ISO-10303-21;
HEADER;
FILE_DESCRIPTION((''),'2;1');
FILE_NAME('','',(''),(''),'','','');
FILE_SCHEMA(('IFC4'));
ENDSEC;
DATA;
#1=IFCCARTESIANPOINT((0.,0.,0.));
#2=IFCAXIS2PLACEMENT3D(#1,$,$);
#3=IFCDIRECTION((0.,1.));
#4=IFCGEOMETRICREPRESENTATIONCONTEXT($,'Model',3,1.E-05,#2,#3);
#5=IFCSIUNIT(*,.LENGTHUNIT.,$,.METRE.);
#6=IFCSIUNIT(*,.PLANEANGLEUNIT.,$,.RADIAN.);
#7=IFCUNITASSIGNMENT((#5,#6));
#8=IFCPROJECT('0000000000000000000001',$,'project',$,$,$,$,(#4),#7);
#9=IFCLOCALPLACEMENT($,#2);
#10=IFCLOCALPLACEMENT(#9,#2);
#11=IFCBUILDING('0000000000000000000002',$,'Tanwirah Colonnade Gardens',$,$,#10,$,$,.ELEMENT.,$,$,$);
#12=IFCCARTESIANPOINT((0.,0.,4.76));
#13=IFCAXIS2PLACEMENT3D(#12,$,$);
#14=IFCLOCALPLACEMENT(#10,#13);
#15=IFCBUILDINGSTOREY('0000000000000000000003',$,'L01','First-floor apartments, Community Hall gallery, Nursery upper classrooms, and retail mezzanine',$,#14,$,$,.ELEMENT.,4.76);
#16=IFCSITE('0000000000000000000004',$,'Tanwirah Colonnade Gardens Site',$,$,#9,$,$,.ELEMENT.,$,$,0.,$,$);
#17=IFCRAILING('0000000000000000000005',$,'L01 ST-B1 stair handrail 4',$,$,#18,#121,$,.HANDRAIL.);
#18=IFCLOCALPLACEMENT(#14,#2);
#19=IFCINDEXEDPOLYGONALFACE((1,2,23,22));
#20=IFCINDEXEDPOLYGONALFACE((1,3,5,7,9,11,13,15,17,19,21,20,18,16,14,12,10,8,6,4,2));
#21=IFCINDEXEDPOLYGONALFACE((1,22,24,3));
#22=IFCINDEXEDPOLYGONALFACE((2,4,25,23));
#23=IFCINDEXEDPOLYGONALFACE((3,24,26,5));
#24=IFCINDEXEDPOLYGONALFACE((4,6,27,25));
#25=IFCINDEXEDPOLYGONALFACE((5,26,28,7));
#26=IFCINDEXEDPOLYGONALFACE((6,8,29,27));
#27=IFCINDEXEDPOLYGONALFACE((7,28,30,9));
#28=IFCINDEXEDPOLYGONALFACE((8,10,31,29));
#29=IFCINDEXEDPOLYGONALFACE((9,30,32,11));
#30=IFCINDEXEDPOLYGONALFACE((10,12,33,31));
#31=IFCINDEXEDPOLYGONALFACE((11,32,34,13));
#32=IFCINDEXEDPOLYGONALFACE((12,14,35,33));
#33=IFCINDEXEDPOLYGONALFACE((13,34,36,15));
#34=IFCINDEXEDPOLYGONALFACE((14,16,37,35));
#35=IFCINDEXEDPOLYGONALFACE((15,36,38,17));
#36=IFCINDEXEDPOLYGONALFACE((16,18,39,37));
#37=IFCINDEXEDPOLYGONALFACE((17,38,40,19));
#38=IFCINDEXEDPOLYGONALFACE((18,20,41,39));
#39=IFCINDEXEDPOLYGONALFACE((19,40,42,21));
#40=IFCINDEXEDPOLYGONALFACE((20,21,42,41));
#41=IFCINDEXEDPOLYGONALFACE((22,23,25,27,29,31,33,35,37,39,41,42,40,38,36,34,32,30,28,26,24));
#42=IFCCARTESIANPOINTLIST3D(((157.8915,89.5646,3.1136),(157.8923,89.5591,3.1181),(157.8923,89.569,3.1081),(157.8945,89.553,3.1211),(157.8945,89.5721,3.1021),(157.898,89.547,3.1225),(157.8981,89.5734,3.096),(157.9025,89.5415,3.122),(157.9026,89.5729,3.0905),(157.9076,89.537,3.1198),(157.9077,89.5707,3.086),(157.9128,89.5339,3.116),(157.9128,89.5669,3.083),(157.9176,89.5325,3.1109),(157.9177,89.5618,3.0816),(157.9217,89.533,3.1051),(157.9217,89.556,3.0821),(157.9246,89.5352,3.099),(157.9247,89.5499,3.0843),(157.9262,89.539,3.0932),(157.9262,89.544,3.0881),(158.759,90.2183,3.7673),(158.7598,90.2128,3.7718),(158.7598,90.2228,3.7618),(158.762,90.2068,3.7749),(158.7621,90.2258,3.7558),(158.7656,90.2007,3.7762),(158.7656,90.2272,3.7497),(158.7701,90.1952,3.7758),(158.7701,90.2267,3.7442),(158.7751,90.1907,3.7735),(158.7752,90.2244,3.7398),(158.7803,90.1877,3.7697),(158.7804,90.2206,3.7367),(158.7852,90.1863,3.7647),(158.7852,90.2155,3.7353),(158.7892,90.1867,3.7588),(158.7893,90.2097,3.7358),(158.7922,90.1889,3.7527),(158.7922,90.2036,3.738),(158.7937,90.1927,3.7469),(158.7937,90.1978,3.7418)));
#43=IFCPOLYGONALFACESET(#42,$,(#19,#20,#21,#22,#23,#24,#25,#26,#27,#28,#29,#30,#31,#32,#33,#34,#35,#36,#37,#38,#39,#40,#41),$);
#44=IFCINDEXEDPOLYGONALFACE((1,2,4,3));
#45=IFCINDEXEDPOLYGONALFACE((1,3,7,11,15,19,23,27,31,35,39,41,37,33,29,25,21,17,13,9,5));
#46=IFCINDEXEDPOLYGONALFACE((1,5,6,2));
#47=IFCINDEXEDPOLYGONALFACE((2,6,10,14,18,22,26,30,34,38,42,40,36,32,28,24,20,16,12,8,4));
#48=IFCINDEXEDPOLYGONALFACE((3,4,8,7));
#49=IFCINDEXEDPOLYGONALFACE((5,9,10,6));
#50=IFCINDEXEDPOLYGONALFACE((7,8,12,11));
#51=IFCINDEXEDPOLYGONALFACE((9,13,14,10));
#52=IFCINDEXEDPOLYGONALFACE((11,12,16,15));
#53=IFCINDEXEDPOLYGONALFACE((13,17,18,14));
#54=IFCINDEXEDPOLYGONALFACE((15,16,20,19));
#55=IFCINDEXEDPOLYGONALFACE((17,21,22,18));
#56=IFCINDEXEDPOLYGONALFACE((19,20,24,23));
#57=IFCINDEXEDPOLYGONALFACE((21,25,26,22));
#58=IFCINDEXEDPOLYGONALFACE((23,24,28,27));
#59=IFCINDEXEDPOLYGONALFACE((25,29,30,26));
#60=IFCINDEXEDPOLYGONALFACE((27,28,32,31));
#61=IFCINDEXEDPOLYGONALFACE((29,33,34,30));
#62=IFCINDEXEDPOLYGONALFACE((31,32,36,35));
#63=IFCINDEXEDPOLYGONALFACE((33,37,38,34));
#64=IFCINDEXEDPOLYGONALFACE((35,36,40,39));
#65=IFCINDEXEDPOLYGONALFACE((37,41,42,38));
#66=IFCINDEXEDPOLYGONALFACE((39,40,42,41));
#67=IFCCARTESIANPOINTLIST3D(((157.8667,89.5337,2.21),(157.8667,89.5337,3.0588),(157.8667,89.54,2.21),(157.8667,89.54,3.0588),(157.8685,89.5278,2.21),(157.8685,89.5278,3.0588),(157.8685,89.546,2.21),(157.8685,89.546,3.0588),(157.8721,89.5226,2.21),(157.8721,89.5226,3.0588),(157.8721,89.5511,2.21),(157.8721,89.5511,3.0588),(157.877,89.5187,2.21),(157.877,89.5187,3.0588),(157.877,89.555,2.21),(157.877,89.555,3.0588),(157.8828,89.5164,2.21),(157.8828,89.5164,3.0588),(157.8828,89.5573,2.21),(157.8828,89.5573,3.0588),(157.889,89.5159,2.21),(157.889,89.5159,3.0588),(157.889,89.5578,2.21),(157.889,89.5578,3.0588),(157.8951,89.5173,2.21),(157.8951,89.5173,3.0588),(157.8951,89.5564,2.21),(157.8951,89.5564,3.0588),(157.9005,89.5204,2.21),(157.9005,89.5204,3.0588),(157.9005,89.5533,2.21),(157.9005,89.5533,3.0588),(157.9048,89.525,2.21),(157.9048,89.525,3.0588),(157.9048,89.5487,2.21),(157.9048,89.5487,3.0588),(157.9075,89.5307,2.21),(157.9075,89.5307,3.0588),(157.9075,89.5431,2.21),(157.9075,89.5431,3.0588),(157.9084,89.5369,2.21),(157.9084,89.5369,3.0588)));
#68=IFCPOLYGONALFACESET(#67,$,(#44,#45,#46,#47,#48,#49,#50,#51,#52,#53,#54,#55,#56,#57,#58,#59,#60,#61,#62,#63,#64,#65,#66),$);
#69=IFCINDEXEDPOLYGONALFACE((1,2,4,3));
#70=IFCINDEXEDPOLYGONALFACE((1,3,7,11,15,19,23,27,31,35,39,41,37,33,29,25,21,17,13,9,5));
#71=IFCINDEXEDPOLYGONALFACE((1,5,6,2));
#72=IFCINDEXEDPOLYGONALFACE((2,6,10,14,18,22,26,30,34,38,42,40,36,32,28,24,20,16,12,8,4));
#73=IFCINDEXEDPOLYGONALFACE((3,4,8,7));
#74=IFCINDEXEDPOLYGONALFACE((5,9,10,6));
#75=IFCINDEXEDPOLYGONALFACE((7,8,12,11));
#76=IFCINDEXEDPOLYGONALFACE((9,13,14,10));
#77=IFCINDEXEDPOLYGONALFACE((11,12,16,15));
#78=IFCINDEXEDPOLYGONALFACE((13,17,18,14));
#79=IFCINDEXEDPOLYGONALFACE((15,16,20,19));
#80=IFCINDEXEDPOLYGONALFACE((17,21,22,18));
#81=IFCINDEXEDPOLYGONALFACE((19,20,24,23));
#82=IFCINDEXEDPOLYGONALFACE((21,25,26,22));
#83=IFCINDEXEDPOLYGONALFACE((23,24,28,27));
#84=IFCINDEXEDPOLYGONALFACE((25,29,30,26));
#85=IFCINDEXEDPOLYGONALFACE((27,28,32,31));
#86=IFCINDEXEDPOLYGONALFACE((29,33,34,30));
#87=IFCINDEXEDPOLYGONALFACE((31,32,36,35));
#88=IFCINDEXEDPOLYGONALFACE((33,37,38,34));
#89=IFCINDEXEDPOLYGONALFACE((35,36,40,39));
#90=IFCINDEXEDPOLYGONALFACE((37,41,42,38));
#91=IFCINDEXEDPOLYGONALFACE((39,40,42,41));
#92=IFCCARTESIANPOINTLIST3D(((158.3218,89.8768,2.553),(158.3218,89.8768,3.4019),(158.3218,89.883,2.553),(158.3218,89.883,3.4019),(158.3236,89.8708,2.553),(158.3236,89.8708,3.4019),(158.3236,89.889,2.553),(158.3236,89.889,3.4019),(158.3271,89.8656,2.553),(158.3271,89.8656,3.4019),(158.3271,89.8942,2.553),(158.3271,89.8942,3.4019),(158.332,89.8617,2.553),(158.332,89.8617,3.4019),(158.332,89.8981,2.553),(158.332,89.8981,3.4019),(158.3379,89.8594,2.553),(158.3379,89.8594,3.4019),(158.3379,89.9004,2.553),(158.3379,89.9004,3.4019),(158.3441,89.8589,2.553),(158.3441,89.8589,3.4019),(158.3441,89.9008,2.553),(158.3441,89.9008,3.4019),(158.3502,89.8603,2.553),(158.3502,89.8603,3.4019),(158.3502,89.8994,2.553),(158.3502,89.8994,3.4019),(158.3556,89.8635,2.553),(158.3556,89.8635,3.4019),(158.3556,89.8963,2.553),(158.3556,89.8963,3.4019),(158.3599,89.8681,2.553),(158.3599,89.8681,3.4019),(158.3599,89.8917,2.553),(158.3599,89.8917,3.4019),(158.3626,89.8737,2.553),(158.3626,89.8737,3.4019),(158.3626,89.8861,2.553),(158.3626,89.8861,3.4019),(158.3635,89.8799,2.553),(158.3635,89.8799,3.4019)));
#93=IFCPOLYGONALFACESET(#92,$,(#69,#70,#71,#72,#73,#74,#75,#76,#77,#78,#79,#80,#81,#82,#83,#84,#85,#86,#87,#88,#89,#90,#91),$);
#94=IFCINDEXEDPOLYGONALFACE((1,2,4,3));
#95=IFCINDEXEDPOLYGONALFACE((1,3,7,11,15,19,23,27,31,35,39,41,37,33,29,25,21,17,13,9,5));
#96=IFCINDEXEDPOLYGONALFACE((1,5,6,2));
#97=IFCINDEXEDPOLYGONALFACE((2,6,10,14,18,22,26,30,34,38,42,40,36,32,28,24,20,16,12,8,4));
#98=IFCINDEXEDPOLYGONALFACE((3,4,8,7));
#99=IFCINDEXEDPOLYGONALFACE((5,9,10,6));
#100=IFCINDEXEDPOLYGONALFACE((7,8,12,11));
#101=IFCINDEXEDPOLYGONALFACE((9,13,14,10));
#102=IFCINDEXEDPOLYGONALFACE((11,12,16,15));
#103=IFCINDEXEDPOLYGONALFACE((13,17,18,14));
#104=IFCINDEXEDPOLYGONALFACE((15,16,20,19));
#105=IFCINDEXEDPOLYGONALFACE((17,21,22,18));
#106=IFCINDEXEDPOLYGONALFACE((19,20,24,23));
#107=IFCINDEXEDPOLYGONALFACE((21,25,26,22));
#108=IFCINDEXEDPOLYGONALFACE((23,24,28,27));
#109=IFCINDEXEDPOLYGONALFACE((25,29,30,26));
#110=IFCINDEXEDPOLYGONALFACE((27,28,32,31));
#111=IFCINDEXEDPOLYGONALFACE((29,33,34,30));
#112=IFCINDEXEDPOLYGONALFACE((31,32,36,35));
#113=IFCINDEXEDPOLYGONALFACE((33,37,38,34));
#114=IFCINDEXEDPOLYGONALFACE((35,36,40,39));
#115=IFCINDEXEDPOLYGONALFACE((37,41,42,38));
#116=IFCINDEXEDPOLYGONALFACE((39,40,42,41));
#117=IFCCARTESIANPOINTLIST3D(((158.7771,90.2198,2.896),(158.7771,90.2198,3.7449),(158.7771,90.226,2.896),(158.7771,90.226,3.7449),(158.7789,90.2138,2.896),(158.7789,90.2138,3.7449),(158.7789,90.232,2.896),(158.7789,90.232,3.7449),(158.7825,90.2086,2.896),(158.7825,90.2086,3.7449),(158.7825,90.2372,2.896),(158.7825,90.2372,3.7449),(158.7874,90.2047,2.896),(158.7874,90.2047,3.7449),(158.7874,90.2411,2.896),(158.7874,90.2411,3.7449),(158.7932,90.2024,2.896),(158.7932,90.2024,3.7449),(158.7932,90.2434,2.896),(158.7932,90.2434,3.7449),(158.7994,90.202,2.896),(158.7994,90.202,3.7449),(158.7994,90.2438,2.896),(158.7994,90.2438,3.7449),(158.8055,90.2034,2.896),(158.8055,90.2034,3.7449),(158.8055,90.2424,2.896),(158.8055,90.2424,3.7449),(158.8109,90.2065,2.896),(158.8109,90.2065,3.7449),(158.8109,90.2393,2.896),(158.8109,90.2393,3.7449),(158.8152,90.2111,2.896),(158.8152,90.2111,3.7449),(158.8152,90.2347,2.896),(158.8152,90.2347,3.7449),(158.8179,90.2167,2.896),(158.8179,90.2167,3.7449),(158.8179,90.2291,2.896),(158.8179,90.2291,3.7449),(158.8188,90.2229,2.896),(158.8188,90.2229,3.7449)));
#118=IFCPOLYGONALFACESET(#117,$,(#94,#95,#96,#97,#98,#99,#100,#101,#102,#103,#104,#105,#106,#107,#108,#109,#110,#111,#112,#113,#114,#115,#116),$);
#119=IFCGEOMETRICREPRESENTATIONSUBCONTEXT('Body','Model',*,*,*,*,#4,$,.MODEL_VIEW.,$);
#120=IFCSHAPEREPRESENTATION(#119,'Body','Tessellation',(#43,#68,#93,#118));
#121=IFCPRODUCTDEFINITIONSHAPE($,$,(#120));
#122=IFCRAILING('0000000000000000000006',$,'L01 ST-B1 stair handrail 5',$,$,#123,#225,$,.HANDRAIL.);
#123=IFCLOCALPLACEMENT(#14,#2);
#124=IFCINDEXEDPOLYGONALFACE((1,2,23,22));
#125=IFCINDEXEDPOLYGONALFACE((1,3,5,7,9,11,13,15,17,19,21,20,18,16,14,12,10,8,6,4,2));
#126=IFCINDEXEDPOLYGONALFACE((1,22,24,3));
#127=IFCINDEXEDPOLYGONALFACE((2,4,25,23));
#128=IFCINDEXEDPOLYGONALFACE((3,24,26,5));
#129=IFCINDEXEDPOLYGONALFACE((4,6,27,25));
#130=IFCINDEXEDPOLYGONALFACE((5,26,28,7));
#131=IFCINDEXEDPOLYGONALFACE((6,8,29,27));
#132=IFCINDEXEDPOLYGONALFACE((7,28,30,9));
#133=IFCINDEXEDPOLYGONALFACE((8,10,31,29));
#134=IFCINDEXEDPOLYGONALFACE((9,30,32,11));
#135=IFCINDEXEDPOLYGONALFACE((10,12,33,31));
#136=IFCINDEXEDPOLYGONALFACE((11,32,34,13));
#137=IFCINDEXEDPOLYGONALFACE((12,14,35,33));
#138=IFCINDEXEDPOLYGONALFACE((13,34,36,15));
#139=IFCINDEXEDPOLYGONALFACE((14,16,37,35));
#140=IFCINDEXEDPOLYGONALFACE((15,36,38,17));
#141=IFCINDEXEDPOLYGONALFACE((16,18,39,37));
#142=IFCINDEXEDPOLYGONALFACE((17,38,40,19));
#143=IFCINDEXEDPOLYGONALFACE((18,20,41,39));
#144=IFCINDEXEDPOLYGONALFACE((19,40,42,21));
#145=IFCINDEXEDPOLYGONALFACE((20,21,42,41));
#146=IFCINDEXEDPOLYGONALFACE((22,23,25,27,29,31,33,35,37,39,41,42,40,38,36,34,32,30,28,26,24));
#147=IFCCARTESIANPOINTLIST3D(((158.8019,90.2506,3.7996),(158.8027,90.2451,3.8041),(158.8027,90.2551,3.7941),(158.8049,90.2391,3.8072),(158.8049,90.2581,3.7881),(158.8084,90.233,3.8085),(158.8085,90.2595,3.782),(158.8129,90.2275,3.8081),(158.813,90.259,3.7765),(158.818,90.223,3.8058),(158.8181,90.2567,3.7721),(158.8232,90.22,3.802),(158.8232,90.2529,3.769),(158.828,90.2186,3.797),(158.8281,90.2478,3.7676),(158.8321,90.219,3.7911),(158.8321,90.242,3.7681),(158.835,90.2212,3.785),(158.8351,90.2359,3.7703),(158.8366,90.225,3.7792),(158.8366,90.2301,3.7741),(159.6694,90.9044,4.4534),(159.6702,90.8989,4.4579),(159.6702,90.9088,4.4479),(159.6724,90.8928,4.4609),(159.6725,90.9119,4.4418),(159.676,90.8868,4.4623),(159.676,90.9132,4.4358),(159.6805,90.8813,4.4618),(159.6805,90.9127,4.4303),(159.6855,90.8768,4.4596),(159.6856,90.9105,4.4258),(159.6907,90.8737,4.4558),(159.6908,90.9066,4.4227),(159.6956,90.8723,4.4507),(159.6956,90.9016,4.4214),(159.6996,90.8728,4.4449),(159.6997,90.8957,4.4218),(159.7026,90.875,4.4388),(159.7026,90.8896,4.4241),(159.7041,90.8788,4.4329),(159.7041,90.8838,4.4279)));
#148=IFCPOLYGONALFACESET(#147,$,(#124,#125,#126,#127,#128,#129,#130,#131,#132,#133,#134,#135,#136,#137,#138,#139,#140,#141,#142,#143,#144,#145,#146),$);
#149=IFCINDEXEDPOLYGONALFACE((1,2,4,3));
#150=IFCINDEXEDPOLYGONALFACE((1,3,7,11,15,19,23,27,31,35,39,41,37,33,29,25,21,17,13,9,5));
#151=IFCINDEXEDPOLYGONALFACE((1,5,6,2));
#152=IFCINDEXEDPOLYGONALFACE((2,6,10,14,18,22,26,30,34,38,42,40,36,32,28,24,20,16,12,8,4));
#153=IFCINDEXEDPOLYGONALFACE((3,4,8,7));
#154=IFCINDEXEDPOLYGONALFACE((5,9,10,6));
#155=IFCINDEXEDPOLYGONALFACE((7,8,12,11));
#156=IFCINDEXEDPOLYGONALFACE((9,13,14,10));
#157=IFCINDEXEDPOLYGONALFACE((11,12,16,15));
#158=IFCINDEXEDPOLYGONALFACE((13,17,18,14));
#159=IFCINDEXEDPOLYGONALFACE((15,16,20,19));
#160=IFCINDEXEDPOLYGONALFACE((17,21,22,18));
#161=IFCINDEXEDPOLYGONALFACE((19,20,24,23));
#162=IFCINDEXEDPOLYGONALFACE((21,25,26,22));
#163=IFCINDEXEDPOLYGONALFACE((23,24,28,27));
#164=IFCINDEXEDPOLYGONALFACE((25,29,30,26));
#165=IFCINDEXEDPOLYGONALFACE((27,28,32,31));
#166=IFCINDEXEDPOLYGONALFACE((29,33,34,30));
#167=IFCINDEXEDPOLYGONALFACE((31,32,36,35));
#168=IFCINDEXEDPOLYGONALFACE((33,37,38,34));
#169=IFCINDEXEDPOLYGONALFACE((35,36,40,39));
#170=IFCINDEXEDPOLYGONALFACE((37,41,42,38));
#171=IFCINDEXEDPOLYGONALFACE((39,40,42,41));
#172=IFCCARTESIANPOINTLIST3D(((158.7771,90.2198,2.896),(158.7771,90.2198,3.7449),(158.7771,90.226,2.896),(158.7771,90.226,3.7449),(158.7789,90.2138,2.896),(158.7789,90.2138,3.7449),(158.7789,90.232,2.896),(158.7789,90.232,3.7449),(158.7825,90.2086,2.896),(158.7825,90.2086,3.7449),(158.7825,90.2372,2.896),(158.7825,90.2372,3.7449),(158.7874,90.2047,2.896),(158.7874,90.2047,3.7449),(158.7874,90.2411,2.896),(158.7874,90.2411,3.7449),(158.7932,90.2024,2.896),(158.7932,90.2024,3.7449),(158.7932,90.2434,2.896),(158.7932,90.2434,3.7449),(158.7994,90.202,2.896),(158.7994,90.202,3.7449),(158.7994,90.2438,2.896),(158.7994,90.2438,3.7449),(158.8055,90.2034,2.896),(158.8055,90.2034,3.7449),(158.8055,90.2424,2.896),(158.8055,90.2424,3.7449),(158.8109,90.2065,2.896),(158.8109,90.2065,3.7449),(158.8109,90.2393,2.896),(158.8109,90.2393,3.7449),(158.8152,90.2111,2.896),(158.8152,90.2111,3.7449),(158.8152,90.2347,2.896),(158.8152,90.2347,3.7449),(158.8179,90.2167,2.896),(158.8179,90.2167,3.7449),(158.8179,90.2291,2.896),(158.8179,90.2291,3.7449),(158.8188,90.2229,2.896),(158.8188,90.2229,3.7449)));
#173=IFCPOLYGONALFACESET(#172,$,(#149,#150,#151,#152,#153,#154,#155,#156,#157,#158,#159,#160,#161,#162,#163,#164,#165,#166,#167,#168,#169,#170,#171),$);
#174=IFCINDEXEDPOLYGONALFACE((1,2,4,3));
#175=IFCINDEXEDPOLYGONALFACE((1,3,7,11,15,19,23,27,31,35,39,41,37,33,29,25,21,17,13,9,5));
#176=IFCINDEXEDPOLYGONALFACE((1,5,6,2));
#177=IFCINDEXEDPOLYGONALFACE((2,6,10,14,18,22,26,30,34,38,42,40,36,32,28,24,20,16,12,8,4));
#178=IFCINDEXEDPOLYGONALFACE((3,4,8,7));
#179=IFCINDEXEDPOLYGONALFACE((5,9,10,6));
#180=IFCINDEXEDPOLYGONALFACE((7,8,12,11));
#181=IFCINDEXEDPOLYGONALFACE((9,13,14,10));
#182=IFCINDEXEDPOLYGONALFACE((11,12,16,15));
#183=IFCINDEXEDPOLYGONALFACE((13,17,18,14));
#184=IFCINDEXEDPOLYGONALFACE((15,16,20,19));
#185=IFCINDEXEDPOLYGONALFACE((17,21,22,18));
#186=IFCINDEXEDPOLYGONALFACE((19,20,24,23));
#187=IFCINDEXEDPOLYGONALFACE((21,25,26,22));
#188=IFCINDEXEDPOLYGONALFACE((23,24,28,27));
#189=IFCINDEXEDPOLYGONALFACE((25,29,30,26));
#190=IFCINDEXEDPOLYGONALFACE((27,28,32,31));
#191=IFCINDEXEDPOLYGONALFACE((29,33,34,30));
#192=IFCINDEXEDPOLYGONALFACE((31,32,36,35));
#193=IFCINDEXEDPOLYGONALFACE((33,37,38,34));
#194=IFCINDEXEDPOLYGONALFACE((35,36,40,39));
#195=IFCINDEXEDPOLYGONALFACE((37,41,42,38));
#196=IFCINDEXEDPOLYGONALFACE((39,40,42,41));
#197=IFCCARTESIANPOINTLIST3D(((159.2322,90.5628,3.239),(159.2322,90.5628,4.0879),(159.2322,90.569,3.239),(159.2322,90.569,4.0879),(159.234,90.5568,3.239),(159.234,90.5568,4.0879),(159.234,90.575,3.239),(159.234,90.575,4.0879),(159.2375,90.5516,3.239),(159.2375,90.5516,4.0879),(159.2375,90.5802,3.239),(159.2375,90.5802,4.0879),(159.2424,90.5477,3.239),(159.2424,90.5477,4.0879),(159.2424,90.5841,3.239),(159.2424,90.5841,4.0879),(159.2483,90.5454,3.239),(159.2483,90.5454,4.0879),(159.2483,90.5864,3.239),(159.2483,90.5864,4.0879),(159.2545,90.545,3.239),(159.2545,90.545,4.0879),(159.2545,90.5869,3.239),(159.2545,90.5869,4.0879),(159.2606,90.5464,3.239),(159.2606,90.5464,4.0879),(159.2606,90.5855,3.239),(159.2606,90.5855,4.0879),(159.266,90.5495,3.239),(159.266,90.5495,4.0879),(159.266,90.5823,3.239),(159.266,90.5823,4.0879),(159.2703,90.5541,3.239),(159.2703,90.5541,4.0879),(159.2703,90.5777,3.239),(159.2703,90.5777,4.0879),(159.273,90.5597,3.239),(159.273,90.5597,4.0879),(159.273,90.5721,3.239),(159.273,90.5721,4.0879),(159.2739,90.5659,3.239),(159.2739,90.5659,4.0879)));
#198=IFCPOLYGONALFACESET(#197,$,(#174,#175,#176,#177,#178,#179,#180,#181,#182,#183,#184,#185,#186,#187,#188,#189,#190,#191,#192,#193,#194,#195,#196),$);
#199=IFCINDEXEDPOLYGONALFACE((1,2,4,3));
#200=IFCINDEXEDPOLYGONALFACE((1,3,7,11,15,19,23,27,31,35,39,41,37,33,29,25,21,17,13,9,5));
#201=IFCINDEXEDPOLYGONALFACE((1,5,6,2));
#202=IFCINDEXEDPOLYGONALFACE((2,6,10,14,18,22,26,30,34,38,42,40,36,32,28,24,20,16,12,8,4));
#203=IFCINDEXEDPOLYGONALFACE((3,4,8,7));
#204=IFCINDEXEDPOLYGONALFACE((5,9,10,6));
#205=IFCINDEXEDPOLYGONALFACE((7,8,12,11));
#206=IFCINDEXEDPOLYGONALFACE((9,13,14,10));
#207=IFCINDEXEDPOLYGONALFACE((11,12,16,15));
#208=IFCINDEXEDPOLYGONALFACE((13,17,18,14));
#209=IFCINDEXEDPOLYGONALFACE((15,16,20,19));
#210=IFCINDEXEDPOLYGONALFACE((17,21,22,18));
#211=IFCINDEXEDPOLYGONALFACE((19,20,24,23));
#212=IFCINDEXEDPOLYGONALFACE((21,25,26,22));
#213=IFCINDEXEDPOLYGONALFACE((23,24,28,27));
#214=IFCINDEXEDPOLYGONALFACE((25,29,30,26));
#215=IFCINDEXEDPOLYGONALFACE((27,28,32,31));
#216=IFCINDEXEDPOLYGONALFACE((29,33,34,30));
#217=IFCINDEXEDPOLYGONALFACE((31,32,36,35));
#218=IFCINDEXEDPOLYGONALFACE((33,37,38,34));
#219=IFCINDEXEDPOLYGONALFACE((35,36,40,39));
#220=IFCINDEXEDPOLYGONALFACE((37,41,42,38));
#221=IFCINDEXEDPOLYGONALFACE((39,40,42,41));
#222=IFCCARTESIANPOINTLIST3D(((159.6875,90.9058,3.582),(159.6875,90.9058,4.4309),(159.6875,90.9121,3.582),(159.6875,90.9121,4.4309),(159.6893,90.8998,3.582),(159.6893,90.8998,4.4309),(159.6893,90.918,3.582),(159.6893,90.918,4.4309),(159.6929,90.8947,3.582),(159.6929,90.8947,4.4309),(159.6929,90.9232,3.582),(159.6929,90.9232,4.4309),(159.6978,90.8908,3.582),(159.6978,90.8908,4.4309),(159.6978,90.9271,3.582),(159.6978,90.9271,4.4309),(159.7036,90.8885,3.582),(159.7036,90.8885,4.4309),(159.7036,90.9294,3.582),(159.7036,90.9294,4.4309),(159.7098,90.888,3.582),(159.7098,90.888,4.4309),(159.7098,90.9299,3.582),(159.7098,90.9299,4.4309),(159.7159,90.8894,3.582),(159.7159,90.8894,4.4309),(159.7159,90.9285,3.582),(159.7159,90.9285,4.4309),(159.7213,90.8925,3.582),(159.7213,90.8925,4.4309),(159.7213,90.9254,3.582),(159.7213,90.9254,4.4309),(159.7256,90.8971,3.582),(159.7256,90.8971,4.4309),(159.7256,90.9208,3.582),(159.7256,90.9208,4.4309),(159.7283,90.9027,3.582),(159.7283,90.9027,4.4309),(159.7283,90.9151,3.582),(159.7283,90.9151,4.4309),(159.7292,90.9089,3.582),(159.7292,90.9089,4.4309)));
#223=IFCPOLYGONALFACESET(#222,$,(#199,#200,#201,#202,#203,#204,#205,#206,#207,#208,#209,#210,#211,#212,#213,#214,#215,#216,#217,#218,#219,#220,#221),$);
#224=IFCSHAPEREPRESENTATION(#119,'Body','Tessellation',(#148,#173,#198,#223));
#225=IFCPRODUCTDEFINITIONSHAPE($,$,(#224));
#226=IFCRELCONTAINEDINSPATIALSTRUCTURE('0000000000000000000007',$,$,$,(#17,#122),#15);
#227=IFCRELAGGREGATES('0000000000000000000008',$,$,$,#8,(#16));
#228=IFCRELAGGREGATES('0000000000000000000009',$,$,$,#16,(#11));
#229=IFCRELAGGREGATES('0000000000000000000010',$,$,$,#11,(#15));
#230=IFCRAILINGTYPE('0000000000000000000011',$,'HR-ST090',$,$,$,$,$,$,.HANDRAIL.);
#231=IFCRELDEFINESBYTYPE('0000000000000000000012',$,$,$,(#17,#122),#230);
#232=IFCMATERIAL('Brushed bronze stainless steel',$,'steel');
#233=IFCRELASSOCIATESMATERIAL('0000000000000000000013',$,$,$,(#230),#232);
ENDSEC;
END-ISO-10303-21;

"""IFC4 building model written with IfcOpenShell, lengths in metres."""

from ifc_helpers import new_model, si_unit, direction, frame, origin, origin_2d, place, context, subcontext, project, spatial, circle, extrude, material, type_object, element, save


model = new_model("IFC4")

# Units and contexts
model_context = context("Model", 3, precision=1e-05, world=origin(), true_north=direction((0.0, 1.0)))
body_context = subcontext(model_context, "Body", "Model", "MODEL_VIEW")
ifc_project = project(units=[si_unit("LENGTHUNIT", "METRE"), si_unit("PLANEANGLEUNIT", "RADIAN")], contexts=[model_context])

# Site, building, storey
site_placement = place(None, origin())
site = spatial("IfcSite", under=ifc_project, at=site_placement, Name="Tanwirah Colonnade Gardens Site", CompositionType="ELEMENT", RefElevation=0.0)
building_placement = place(site_placement, origin())
building = spatial("IfcBuilding", under=site, at=building_placement, Name="Tanwirah Colonnade Gardens", CompositionType="ELEMENT")
storey_placement = place(building_placement, frame((0.0, 0.0, 4.76)))
storey = spatial("IfcBuildingStorey", under=building, at=storey_placement, Name="L01", Description="First-floor apartments, Community Hall gallery, Nursery upper classrooms, and retail mezzanine", CompositionType="ELEMENT", Elevation=4.76)

# Railings
ifc_material_1 = material(Name="Brushed bronze stainless steel", Category="steel")
railing_type_1 = type_object("IfcRailingType", Name="HR-ST090", PredefinedType="HANDRAIL", material=ifc_material_1)
for number, where, name in (
    (1, (157.8875, 89.5369, 2.21), "L01 ST-B1 stair handrail 4"),
    (2, (158.7979, 90.2229, 2.896), "L01 ST-B1 stair handrail 5"),
):
    element("IfcRailing", number, at=place(storey_placement, frame(where)), inside=storey, type_object=railing_type_1, Name=name, PredefinedType="HANDRAIL", context=body_context, shape_type="SweptSolid", body=[
        extrude(circle(Radius=0.0239, at=origin_2d()), frame((0.0215, 0.0161, 0.8921), z_axis=(0.684276, 0.515639, 0.515639), x_axis=(-0.601815, 0.798636, 0.0)), (0.0, 0.0, 1.0), 1.2678),
        extrude(circle(Radius=0.021, at=origin_2d()), origin(), (0.0, 0.0, 1.0), 0.8489),
        extrude(circle(Radius=0.021, at=origin_2d()), frame((0.4551, 0.343, 0.343)), (0.0, 0.0, 1.0), 0.8489),
        extrude(circle(Radius=0.021, at=origin_2d()), frame((0.9104, 0.686, 0.686)), (0.0, 0.0, 1.0), 0.8489),
    ])

save(model, "model.ifc")
